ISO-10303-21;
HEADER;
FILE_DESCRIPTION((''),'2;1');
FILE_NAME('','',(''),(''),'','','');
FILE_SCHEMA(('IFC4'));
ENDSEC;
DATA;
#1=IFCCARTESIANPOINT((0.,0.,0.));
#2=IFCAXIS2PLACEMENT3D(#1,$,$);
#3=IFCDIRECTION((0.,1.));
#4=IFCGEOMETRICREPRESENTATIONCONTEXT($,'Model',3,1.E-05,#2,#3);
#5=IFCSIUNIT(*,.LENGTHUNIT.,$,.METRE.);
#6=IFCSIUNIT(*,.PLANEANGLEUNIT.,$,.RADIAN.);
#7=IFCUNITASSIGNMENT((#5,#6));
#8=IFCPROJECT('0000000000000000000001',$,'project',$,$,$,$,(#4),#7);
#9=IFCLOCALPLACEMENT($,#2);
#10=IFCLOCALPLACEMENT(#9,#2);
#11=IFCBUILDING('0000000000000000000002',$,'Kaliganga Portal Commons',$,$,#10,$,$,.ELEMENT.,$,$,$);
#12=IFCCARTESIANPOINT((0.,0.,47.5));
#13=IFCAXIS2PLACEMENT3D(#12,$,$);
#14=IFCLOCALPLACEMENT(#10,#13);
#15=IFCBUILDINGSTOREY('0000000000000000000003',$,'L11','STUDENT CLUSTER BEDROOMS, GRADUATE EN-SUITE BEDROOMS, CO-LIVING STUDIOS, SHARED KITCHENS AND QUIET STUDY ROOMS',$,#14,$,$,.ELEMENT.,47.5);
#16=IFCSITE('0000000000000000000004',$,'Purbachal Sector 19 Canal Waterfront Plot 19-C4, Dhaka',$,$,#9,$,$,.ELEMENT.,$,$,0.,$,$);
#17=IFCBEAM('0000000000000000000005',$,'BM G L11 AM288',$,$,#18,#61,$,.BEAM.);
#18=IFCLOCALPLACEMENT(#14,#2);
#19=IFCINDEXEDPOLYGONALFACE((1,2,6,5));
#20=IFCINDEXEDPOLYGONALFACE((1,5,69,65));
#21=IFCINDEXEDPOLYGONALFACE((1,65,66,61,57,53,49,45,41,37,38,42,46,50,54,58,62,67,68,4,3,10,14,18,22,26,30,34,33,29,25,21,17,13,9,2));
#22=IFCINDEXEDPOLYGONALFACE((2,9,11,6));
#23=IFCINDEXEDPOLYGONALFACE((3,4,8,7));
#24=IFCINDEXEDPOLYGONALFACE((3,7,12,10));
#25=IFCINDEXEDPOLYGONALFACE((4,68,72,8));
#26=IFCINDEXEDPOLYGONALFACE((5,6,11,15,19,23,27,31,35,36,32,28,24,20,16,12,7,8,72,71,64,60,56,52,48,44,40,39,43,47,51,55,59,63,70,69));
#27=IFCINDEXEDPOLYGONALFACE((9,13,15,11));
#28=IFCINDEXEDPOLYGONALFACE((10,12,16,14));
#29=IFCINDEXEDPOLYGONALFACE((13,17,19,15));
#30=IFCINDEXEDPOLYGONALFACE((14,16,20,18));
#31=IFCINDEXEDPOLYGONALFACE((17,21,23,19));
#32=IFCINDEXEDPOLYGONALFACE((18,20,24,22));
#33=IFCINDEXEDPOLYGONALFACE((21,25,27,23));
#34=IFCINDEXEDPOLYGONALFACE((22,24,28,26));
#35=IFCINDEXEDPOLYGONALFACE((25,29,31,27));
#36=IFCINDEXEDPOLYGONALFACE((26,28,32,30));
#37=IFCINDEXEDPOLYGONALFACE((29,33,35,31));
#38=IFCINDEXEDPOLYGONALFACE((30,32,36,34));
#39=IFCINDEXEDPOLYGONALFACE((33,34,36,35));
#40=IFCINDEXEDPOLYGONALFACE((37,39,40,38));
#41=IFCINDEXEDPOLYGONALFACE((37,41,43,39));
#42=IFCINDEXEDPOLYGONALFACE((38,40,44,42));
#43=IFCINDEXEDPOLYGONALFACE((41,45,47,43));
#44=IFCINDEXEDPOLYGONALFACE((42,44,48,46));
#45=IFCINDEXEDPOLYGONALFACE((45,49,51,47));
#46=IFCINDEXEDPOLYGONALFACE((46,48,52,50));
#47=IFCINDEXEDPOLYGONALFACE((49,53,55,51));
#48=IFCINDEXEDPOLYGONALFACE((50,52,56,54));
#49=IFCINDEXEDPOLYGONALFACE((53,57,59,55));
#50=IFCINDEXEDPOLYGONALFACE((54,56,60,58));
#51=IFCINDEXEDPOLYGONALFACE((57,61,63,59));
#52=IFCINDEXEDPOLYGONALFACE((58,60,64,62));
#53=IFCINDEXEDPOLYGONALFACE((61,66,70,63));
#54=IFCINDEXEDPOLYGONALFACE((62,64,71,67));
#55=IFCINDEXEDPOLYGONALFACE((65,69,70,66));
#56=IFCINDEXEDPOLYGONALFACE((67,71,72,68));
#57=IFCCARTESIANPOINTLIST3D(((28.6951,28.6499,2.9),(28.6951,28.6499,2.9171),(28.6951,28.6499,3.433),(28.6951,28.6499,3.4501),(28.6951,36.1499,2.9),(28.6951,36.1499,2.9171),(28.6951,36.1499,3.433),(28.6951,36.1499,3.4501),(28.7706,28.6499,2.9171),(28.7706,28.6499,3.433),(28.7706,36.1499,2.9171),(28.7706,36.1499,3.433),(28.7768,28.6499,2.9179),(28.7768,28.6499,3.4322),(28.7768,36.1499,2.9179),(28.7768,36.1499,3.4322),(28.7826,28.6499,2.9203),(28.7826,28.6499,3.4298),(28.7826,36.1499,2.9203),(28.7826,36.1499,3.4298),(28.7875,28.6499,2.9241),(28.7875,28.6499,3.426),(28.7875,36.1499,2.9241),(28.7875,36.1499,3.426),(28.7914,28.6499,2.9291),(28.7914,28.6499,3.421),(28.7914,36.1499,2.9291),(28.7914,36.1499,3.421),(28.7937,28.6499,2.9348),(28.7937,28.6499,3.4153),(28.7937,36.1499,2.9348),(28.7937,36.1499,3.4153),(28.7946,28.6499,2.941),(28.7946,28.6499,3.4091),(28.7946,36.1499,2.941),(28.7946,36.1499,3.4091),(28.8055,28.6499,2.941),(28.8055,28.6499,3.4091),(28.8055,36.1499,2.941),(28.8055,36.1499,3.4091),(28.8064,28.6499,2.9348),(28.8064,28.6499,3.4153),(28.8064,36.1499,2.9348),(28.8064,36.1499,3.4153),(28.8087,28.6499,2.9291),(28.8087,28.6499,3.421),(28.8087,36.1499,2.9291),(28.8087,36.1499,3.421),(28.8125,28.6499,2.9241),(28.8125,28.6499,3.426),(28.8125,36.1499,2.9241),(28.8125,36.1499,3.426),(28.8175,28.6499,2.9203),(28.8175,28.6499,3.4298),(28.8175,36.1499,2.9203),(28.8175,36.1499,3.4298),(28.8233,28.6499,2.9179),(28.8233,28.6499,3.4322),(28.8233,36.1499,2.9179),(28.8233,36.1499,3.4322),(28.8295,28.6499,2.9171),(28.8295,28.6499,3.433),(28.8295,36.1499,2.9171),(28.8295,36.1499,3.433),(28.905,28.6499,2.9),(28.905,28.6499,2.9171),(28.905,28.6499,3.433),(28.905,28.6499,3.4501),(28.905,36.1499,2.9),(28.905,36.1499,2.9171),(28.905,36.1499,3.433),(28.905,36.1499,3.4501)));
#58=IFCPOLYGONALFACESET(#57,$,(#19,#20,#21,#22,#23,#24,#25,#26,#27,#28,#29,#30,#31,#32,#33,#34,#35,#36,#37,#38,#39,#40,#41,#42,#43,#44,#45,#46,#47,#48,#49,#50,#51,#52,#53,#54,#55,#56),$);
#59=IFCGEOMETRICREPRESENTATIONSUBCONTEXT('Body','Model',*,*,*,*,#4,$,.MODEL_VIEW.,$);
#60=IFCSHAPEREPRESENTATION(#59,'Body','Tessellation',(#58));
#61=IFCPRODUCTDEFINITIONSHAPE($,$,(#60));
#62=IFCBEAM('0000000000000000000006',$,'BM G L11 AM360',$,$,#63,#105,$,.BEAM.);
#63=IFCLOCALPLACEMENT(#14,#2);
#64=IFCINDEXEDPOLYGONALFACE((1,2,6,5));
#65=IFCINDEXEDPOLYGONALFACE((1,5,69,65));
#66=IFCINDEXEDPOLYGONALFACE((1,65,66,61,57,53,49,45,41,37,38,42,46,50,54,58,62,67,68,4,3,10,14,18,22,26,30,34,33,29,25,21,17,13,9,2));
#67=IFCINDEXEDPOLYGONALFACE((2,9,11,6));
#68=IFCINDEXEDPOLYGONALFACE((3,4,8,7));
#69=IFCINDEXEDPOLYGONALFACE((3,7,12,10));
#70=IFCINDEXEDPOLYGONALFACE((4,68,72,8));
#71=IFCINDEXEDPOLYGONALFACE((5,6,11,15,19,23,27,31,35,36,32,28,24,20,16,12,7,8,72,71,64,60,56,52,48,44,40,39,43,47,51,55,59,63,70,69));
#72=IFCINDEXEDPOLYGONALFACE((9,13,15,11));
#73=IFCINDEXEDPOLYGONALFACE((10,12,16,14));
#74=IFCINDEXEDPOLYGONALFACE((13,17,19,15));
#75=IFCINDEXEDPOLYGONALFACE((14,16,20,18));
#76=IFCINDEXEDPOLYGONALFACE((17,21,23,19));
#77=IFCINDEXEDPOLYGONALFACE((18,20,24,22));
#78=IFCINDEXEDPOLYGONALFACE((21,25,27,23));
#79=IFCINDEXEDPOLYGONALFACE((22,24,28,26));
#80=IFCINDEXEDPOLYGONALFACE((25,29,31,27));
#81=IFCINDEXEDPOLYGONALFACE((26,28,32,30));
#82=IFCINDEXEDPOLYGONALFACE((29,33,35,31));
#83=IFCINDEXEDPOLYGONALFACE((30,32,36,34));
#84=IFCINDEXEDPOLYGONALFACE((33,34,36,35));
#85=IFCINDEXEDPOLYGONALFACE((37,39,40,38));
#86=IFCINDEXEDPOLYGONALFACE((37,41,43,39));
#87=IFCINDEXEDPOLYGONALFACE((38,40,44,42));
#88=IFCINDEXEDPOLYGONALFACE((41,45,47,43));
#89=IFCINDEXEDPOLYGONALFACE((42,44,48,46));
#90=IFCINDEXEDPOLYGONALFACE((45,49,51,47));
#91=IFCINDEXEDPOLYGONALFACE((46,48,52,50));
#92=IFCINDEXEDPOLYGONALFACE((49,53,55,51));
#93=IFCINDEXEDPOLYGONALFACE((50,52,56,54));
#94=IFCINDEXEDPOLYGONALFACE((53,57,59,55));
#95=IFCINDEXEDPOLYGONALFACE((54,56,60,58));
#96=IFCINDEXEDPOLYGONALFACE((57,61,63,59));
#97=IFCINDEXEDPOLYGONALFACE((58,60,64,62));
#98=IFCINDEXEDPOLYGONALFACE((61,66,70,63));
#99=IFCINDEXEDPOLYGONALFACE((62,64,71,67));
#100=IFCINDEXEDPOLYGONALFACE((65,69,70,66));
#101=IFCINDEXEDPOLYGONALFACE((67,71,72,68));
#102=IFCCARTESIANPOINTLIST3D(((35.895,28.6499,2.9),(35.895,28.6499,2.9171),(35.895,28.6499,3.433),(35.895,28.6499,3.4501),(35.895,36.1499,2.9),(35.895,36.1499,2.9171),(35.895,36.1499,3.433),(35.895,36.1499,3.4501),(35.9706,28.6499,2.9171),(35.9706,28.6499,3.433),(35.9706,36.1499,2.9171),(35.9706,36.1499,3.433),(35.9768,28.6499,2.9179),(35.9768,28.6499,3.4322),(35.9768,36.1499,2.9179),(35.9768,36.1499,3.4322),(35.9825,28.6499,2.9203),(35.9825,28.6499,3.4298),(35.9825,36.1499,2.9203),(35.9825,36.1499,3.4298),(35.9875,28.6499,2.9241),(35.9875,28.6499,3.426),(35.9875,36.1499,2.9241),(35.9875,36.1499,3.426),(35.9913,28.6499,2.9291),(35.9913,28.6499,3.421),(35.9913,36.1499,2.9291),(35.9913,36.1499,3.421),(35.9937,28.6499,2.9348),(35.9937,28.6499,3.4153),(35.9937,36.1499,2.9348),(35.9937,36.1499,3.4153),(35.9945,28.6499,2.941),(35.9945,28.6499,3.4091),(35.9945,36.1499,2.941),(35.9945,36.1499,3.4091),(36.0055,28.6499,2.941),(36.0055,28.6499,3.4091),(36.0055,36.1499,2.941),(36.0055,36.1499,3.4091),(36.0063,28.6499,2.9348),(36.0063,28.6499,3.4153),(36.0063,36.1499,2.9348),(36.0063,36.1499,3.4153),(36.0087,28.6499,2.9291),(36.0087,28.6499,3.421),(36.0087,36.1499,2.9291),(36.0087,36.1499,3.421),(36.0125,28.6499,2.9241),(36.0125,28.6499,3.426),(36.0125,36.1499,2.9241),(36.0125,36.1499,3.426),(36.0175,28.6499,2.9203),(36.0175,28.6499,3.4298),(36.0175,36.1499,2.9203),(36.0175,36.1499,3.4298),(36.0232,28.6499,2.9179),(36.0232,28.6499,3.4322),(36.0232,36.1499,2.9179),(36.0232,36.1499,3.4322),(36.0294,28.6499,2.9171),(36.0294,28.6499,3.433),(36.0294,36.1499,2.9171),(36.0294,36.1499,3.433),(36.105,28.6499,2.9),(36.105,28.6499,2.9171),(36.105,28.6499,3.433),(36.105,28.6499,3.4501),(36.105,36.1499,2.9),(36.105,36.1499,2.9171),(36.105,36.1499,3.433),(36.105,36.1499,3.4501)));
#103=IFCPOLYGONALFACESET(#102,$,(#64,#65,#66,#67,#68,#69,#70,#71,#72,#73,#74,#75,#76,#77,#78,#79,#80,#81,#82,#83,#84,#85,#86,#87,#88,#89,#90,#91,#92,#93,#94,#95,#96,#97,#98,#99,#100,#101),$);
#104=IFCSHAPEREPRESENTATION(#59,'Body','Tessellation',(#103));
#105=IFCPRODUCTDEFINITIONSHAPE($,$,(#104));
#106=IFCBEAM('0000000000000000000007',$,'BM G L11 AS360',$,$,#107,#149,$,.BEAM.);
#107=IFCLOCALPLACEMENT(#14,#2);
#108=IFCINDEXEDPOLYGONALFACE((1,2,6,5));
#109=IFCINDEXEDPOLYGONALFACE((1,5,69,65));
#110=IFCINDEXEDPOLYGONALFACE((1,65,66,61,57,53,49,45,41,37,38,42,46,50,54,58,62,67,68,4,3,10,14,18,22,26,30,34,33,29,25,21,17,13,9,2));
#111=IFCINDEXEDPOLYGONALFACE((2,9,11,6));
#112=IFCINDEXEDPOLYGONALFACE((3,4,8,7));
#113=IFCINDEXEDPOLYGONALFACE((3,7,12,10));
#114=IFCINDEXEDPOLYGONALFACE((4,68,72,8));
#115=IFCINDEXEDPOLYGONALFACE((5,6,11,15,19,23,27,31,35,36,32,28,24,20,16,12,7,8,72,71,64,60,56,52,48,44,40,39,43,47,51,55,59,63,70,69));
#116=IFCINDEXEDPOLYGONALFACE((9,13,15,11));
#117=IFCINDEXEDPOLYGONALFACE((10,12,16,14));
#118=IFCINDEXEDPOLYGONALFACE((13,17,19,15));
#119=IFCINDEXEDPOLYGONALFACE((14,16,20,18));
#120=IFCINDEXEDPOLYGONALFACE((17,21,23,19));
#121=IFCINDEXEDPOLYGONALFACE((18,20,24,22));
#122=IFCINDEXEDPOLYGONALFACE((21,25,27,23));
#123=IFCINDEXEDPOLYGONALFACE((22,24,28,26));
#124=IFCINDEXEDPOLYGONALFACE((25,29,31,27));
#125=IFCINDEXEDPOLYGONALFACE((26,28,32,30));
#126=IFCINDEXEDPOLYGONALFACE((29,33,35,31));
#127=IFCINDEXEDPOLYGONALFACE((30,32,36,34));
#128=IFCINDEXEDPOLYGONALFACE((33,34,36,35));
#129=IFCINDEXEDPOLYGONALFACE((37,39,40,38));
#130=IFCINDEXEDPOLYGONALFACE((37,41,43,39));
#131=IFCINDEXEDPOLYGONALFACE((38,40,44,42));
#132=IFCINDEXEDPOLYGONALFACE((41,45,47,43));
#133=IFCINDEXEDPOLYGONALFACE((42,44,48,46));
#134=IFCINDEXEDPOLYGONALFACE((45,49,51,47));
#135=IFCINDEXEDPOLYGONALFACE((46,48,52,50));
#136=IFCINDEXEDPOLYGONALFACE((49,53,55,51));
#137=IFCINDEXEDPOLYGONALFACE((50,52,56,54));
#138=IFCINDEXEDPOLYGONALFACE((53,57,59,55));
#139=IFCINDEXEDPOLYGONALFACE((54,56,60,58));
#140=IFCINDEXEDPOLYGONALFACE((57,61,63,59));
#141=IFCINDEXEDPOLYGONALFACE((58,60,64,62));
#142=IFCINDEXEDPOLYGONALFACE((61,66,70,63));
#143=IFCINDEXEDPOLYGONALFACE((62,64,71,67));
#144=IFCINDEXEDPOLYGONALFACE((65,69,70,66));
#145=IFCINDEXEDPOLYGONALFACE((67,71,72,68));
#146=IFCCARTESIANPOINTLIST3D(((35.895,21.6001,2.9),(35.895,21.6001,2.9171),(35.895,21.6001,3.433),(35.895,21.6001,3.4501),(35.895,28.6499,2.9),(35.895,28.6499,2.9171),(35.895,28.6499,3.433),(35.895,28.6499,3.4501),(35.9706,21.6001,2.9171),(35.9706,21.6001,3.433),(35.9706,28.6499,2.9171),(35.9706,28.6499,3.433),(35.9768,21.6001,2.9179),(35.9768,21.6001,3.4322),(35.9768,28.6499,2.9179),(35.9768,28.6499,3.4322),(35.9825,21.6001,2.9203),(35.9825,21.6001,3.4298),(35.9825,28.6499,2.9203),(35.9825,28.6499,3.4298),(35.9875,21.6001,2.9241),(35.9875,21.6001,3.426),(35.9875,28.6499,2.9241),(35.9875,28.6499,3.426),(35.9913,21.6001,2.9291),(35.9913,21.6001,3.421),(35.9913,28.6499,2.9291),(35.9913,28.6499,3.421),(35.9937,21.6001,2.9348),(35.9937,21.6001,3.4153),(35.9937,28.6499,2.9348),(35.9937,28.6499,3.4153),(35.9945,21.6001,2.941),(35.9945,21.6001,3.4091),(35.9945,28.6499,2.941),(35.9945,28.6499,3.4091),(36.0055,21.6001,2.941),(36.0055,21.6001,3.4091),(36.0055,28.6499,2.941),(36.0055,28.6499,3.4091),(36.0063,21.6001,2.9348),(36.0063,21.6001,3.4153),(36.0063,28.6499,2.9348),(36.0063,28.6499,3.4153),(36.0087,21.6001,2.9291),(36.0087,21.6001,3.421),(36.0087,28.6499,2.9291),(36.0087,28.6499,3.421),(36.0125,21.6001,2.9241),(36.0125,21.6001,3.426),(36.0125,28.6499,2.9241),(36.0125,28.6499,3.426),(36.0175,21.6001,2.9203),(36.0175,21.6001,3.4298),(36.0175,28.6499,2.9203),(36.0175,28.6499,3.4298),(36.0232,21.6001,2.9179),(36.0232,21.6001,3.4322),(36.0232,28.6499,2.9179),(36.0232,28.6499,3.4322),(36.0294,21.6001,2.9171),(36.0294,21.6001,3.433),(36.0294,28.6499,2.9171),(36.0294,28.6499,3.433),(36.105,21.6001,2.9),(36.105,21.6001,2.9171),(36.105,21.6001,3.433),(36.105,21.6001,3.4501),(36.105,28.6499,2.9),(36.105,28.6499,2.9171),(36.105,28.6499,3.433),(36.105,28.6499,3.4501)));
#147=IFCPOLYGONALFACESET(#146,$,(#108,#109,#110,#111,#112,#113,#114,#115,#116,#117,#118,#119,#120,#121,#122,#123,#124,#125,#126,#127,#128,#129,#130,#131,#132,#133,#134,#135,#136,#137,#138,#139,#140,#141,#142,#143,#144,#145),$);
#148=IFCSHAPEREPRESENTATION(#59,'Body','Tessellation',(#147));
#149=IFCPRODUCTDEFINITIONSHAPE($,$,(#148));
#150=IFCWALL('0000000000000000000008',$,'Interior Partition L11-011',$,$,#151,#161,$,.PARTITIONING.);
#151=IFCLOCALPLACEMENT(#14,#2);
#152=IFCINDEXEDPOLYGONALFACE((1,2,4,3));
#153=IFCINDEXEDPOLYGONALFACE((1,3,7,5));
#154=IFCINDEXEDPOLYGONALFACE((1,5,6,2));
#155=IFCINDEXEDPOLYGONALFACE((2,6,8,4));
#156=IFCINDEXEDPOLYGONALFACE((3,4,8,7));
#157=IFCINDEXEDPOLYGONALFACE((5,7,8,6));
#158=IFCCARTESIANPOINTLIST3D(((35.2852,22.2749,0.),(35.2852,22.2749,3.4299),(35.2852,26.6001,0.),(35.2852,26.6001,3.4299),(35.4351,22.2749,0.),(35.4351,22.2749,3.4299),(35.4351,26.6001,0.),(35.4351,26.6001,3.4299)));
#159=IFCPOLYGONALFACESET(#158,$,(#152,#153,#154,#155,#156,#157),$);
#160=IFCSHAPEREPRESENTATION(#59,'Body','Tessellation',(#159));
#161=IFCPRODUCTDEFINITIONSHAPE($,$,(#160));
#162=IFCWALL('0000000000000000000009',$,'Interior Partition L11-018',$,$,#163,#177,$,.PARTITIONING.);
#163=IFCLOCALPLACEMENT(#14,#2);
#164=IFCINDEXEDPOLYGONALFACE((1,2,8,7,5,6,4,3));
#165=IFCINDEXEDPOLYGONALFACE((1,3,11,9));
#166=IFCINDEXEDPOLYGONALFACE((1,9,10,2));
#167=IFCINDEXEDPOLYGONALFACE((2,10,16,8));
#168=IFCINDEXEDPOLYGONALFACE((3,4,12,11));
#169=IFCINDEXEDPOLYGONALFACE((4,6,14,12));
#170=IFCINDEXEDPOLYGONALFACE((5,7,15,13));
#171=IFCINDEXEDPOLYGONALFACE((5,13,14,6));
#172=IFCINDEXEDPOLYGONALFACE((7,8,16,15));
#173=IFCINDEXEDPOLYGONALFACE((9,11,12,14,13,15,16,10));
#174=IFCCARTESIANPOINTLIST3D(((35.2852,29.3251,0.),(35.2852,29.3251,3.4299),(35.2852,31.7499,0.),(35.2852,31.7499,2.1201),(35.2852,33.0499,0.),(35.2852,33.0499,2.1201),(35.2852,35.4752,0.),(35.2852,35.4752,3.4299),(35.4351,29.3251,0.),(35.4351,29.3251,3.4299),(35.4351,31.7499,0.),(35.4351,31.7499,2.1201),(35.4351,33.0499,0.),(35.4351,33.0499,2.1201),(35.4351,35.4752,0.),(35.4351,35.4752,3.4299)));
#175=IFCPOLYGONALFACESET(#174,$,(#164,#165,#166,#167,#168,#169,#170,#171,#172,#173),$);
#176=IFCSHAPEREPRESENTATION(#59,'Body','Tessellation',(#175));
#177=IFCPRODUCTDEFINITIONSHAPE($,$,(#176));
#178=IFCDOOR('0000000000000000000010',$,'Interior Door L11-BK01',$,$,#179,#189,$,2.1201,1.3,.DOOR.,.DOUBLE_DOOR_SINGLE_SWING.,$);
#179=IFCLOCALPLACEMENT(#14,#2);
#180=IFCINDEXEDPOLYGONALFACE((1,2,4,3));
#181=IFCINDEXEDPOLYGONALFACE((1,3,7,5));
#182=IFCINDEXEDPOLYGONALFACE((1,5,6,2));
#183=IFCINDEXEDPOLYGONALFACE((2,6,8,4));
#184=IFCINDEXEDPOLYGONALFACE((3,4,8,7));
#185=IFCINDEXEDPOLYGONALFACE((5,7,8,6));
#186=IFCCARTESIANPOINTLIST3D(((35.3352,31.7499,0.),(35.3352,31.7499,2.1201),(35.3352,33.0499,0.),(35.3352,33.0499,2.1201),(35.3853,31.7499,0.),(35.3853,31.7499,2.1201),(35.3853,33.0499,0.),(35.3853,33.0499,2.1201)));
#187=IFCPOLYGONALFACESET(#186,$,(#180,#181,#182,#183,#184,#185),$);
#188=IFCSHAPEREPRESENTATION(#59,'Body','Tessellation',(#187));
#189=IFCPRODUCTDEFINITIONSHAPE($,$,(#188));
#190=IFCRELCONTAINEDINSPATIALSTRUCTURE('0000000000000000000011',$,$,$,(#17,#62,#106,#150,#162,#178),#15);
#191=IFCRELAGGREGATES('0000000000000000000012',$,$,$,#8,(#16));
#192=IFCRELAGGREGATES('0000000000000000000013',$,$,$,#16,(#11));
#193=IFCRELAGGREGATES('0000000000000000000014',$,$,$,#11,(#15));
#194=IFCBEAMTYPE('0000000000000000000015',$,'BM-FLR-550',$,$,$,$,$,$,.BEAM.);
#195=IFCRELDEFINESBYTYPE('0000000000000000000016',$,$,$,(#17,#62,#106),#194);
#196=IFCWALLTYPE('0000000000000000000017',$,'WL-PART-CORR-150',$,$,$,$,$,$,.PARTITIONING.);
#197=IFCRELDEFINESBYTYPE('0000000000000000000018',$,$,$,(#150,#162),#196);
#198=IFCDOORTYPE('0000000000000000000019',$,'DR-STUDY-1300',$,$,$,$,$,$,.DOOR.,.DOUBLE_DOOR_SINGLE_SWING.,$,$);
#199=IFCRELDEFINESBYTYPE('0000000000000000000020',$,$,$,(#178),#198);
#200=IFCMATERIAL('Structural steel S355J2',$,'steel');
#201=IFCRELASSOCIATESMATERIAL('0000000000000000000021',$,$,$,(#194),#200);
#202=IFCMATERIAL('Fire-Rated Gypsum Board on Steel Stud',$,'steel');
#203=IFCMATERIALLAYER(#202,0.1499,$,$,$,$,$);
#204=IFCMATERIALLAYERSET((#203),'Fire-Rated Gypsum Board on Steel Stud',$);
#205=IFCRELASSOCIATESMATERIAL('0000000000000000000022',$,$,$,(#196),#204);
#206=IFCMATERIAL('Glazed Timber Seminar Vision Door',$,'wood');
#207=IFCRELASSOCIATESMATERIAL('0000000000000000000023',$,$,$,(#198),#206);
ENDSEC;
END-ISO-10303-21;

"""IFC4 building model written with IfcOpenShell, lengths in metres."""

from ifc_helpers import new_model, si_unit, direction, frame, frame_2d, origin, origin_2d, place, context, subcontext, project, spatial, rectangle, i_section, extrude, source, transform, mapped, material, layer, layer_set, material_profile, profile_set, type_object, element, fill, save


model = new_model("IFC4")

# Units and contexts
model_context = context("Model", 3, precision=1e-05, world=origin(), true_north=direction((0.0, 1.0)))
body_context = subcontext(model_context, "Body", "Model", "MODEL_VIEW")
ifc_project = project(units=[si_unit("LENGTHUNIT", "METRE"), si_unit("PLANEANGLEUNIT", "RADIAN")], contexts=[model_context])

# Site, building, storey
site_placement = place(None, origin())
site = spatial("IfcSite", under=ifc_project, at=site_placement, Name="Purbachal Sector 19 Canal Waterfront Plot 19-C4, Dhaka", CompositionType="ELEMENT", RefElevation=0.0)
building_placement = place(site_placement, origin())
building = spatial("IfcBuilding", under=site, at=building_placement, Name="Kaliganga Portal Commons", CompositionType="ELEMENT")
storey_placement = place(building_placement, frame((0.0, 0.0, 47.5)))
storey = spatial("IfcBuildingStorey", under=building, at=storey_placement, Name="L11", Description="STUDENT CLUSTER BEDROOMS, GRADUATE EN-SUITE BEDROOMS, CO-LIVING STUDIOS, SHARED KITCHENS AND QUIET STUDY ROOMS", CompositionType="ELEMENT", Elevation=47.5)

# Beams
ifc_material_1 = material(Name="Structural steel S355J2", Category="steel")
ifc_material_profile_1 = material_profile(ifc_material_1, i_section(OverallWidth=0.21, OverallDepth=0.55, WebThickness=0.011, FlangeThickness=0.0171, FilletRadius=0.0239, at=origin_2d()), Name="IPE 550")
ifc_profile_set_1 = profile_set([ifc_material_profile_1], Name="Structural steel S355J2 wide-flange")
beam_type_1 = type_object("IfcBeamType", Name="BM-FLR-550", PredefinedType="BEAM", material=ifc_profile_set_1)
shared_shape_1 = source(origin(), body_context, "Body", "SweptSolid", [
    extrude(i_section(OverallWidth=0.21, OverallDepth=0.55, WebThickness=0.011, FlangeThickness=0.0171, FilletRadius=0.0239, at=origin_2d()), origin(), (0.0, 0.0, 1.0), 7.5),
])
for number, where, z_axis, x_axis, name in (
    (1, (28.8, 28.6499, 3.175), (0.0, 1.0, 0.0), (-1.0, 0.0, 0.0), "BM G L11 AM288"),
    (2, (36.0, 28.6499, 3.175), (0.0, 1.0, 0.0), (-1.0, 0.0, 0.0), "BM G L11 AM360"),
):
    element("IfcBeam", number, at=place(storey_placement, frame(where, z_axis=z_axis, x_axis=x_axis)), inside=storey, type_object=beam_type_1, Name=name, PredefinedType="BEAM", context=body_context, shape_type="MappedRepresentation", body=[
        mapped(shared_shape_1, transform((0.0, 0.0, 0.0), x_axis=(1.0, 0.0, 0.0), y_axis=(0.0, 1.0, 0.0), z_axis=(0.0, 0.0, 1.0), scale=1.0)),
    ])
shared_shape_2 = source(origin(), body_context, "Body", "SweptSolid", [
    extrude(i_section(OverallWidth=0.21, OverallDepth=0.55, WebThickness=0.011, FlangeThickness=0.0171, FilletRadius=0.0239, at=origin_2d()), origin(), (0.0, 0.0, 1.0), 7.0498),
])
beam_1_placement = place(storey_placement, frame((36.0, 21.6001, 3.175), z_axis=(0.0, 1.0, 0.0), x_axis=(-1.0, 0.0, 0.0)))
element("IfcBeam", 3, at=beam_1_placement, inside=storey, type_object=beam_type_1, Name="BM G L11 AS360", PredefinedType="BEAM", context=body_context, shape_type="MappedRepresentation", body=[
    mapped(shared_shape_2, transform((0.0, 0.0, 0.0), x_axis=(1.0, 0.0, 0.0), y_axis=(0.0, 1.0, 0.0), z_axis=(0.0, 0.0, 1.0), scale=1.0)),
])

# Wall
ifc_material_2 = material(Name="Fire-Rated Gypsum Board on Steel Stud", Category="steel")
ifc_layer_1 = layer(ifc_material_2, 0.1499)
ifc_layer_set_1 = layer_set([ifc_layer_1], Name="Fire-Rated Gypsum Board on Steel Stud")
wall_type_1 = type_object("IfcWallType", Name="WL-PART-CORR-150", PredefinedType="PARTITIONING", material=ifc_layer_set_1)
wall_1_placement = place(storey_placement, frame((35.3601, 22.2749, 0.0), z_axis=(0.0, 0.0, 1.0), x_axis=(0.0, 1.0, 0.0)))
element("IfcWall", 4, at=wall_1_placement, inside=storey, type_object=wall_type_1, Name="Interior Partition L11-011", PredefinedType="PARTITIONING", context=body_context, shape_type="SweptSolid", body=[
    extrude(rectangle(XDim=4.3252, YDim=0.1499, at=frame_2d((2.1626, 0.0))), origin(), (0.0, 0.0, 1.0), 3.4299),
])

# Wall, opening, door
wall_2_placement = place(storey_placement, frame((35.3601, 29.325, 0.0), z_axis=(0.0, 0.0, 1.0), x_axis=(0.0, 1.0, 0.0)))
wall_2 = element("IfcWall", 5, at=wall_2_placement, inside=storey, type_object=wall_type_1, Name="Interior Partition L11-018", PredefinedType="PARTITIONING", context=body_context, shape_type="SweptSolid", body=[
    extrude(rectangle(XDim=6.1501, YDim=0.1499, at=frame_2d((3.0752, 0.0))), origin(), (0.0, 0.0, 1.0), 3.4299),
])
opening_1_placement = place(wall_2_placement, frame((2.425, 0.0, 0.0)))
opening_1 = element("IfcOpeningElement", 6, at=opening_1_placement, cuts=wall_2, PredefinedType="OPENING", context=body_context, shape_type="SweptSolid", body=[
    extrude(rectangle(XDim=1.3, YDim=2.1201, at=frame_2d((0.6499, 1.0601))), frame((0.0, 0.085, 0.0), z_axis=(0.0, -1.0, 0.0), x_axis=(1.0, 0.0, 0.0)), (0.0, 0.0, 1.0), 0.1699),
])
ifc_material_3 = material(Name="Glazed Timber Seminar Vision Door", Category="wood")
door_type_1 = type_object("IfcDoorType", Name="DR-STUDY-1300", OperationType="DOUBLE_DOOR_SINGLE_SWING", PredefinedType="DOOR", material=ifc_material_3)
door_1_placement = place(opening_1_placement, origin())
door_1 = element("IfcDoor", 7, at=door_1_placement, inside=storey, type_object=door_type_1, Name="Interior Door L11-BK01", OperationType="DOUBLE_DOOR_SINGLE_SWING", OverallHeight=2.1201, OverallWidth=1.3, PredefinedType="DOOR", context=body_context, shape_type="SweptSolid", body=[
    extrude(rectangle(XDim=1.3, YDim=2.1201, at=frame_2d((0.6499, 1.0601))), frame((0.0, 0.0249, 0.0), z_axis=(0.0, -1.0, 0.0), x_axis=(1.0, 0.0, 0.0)), (0.0, 0.0, 1.0), 0.05),
])
fill(opening_1, door_1)

save(model, "model.ifc")
